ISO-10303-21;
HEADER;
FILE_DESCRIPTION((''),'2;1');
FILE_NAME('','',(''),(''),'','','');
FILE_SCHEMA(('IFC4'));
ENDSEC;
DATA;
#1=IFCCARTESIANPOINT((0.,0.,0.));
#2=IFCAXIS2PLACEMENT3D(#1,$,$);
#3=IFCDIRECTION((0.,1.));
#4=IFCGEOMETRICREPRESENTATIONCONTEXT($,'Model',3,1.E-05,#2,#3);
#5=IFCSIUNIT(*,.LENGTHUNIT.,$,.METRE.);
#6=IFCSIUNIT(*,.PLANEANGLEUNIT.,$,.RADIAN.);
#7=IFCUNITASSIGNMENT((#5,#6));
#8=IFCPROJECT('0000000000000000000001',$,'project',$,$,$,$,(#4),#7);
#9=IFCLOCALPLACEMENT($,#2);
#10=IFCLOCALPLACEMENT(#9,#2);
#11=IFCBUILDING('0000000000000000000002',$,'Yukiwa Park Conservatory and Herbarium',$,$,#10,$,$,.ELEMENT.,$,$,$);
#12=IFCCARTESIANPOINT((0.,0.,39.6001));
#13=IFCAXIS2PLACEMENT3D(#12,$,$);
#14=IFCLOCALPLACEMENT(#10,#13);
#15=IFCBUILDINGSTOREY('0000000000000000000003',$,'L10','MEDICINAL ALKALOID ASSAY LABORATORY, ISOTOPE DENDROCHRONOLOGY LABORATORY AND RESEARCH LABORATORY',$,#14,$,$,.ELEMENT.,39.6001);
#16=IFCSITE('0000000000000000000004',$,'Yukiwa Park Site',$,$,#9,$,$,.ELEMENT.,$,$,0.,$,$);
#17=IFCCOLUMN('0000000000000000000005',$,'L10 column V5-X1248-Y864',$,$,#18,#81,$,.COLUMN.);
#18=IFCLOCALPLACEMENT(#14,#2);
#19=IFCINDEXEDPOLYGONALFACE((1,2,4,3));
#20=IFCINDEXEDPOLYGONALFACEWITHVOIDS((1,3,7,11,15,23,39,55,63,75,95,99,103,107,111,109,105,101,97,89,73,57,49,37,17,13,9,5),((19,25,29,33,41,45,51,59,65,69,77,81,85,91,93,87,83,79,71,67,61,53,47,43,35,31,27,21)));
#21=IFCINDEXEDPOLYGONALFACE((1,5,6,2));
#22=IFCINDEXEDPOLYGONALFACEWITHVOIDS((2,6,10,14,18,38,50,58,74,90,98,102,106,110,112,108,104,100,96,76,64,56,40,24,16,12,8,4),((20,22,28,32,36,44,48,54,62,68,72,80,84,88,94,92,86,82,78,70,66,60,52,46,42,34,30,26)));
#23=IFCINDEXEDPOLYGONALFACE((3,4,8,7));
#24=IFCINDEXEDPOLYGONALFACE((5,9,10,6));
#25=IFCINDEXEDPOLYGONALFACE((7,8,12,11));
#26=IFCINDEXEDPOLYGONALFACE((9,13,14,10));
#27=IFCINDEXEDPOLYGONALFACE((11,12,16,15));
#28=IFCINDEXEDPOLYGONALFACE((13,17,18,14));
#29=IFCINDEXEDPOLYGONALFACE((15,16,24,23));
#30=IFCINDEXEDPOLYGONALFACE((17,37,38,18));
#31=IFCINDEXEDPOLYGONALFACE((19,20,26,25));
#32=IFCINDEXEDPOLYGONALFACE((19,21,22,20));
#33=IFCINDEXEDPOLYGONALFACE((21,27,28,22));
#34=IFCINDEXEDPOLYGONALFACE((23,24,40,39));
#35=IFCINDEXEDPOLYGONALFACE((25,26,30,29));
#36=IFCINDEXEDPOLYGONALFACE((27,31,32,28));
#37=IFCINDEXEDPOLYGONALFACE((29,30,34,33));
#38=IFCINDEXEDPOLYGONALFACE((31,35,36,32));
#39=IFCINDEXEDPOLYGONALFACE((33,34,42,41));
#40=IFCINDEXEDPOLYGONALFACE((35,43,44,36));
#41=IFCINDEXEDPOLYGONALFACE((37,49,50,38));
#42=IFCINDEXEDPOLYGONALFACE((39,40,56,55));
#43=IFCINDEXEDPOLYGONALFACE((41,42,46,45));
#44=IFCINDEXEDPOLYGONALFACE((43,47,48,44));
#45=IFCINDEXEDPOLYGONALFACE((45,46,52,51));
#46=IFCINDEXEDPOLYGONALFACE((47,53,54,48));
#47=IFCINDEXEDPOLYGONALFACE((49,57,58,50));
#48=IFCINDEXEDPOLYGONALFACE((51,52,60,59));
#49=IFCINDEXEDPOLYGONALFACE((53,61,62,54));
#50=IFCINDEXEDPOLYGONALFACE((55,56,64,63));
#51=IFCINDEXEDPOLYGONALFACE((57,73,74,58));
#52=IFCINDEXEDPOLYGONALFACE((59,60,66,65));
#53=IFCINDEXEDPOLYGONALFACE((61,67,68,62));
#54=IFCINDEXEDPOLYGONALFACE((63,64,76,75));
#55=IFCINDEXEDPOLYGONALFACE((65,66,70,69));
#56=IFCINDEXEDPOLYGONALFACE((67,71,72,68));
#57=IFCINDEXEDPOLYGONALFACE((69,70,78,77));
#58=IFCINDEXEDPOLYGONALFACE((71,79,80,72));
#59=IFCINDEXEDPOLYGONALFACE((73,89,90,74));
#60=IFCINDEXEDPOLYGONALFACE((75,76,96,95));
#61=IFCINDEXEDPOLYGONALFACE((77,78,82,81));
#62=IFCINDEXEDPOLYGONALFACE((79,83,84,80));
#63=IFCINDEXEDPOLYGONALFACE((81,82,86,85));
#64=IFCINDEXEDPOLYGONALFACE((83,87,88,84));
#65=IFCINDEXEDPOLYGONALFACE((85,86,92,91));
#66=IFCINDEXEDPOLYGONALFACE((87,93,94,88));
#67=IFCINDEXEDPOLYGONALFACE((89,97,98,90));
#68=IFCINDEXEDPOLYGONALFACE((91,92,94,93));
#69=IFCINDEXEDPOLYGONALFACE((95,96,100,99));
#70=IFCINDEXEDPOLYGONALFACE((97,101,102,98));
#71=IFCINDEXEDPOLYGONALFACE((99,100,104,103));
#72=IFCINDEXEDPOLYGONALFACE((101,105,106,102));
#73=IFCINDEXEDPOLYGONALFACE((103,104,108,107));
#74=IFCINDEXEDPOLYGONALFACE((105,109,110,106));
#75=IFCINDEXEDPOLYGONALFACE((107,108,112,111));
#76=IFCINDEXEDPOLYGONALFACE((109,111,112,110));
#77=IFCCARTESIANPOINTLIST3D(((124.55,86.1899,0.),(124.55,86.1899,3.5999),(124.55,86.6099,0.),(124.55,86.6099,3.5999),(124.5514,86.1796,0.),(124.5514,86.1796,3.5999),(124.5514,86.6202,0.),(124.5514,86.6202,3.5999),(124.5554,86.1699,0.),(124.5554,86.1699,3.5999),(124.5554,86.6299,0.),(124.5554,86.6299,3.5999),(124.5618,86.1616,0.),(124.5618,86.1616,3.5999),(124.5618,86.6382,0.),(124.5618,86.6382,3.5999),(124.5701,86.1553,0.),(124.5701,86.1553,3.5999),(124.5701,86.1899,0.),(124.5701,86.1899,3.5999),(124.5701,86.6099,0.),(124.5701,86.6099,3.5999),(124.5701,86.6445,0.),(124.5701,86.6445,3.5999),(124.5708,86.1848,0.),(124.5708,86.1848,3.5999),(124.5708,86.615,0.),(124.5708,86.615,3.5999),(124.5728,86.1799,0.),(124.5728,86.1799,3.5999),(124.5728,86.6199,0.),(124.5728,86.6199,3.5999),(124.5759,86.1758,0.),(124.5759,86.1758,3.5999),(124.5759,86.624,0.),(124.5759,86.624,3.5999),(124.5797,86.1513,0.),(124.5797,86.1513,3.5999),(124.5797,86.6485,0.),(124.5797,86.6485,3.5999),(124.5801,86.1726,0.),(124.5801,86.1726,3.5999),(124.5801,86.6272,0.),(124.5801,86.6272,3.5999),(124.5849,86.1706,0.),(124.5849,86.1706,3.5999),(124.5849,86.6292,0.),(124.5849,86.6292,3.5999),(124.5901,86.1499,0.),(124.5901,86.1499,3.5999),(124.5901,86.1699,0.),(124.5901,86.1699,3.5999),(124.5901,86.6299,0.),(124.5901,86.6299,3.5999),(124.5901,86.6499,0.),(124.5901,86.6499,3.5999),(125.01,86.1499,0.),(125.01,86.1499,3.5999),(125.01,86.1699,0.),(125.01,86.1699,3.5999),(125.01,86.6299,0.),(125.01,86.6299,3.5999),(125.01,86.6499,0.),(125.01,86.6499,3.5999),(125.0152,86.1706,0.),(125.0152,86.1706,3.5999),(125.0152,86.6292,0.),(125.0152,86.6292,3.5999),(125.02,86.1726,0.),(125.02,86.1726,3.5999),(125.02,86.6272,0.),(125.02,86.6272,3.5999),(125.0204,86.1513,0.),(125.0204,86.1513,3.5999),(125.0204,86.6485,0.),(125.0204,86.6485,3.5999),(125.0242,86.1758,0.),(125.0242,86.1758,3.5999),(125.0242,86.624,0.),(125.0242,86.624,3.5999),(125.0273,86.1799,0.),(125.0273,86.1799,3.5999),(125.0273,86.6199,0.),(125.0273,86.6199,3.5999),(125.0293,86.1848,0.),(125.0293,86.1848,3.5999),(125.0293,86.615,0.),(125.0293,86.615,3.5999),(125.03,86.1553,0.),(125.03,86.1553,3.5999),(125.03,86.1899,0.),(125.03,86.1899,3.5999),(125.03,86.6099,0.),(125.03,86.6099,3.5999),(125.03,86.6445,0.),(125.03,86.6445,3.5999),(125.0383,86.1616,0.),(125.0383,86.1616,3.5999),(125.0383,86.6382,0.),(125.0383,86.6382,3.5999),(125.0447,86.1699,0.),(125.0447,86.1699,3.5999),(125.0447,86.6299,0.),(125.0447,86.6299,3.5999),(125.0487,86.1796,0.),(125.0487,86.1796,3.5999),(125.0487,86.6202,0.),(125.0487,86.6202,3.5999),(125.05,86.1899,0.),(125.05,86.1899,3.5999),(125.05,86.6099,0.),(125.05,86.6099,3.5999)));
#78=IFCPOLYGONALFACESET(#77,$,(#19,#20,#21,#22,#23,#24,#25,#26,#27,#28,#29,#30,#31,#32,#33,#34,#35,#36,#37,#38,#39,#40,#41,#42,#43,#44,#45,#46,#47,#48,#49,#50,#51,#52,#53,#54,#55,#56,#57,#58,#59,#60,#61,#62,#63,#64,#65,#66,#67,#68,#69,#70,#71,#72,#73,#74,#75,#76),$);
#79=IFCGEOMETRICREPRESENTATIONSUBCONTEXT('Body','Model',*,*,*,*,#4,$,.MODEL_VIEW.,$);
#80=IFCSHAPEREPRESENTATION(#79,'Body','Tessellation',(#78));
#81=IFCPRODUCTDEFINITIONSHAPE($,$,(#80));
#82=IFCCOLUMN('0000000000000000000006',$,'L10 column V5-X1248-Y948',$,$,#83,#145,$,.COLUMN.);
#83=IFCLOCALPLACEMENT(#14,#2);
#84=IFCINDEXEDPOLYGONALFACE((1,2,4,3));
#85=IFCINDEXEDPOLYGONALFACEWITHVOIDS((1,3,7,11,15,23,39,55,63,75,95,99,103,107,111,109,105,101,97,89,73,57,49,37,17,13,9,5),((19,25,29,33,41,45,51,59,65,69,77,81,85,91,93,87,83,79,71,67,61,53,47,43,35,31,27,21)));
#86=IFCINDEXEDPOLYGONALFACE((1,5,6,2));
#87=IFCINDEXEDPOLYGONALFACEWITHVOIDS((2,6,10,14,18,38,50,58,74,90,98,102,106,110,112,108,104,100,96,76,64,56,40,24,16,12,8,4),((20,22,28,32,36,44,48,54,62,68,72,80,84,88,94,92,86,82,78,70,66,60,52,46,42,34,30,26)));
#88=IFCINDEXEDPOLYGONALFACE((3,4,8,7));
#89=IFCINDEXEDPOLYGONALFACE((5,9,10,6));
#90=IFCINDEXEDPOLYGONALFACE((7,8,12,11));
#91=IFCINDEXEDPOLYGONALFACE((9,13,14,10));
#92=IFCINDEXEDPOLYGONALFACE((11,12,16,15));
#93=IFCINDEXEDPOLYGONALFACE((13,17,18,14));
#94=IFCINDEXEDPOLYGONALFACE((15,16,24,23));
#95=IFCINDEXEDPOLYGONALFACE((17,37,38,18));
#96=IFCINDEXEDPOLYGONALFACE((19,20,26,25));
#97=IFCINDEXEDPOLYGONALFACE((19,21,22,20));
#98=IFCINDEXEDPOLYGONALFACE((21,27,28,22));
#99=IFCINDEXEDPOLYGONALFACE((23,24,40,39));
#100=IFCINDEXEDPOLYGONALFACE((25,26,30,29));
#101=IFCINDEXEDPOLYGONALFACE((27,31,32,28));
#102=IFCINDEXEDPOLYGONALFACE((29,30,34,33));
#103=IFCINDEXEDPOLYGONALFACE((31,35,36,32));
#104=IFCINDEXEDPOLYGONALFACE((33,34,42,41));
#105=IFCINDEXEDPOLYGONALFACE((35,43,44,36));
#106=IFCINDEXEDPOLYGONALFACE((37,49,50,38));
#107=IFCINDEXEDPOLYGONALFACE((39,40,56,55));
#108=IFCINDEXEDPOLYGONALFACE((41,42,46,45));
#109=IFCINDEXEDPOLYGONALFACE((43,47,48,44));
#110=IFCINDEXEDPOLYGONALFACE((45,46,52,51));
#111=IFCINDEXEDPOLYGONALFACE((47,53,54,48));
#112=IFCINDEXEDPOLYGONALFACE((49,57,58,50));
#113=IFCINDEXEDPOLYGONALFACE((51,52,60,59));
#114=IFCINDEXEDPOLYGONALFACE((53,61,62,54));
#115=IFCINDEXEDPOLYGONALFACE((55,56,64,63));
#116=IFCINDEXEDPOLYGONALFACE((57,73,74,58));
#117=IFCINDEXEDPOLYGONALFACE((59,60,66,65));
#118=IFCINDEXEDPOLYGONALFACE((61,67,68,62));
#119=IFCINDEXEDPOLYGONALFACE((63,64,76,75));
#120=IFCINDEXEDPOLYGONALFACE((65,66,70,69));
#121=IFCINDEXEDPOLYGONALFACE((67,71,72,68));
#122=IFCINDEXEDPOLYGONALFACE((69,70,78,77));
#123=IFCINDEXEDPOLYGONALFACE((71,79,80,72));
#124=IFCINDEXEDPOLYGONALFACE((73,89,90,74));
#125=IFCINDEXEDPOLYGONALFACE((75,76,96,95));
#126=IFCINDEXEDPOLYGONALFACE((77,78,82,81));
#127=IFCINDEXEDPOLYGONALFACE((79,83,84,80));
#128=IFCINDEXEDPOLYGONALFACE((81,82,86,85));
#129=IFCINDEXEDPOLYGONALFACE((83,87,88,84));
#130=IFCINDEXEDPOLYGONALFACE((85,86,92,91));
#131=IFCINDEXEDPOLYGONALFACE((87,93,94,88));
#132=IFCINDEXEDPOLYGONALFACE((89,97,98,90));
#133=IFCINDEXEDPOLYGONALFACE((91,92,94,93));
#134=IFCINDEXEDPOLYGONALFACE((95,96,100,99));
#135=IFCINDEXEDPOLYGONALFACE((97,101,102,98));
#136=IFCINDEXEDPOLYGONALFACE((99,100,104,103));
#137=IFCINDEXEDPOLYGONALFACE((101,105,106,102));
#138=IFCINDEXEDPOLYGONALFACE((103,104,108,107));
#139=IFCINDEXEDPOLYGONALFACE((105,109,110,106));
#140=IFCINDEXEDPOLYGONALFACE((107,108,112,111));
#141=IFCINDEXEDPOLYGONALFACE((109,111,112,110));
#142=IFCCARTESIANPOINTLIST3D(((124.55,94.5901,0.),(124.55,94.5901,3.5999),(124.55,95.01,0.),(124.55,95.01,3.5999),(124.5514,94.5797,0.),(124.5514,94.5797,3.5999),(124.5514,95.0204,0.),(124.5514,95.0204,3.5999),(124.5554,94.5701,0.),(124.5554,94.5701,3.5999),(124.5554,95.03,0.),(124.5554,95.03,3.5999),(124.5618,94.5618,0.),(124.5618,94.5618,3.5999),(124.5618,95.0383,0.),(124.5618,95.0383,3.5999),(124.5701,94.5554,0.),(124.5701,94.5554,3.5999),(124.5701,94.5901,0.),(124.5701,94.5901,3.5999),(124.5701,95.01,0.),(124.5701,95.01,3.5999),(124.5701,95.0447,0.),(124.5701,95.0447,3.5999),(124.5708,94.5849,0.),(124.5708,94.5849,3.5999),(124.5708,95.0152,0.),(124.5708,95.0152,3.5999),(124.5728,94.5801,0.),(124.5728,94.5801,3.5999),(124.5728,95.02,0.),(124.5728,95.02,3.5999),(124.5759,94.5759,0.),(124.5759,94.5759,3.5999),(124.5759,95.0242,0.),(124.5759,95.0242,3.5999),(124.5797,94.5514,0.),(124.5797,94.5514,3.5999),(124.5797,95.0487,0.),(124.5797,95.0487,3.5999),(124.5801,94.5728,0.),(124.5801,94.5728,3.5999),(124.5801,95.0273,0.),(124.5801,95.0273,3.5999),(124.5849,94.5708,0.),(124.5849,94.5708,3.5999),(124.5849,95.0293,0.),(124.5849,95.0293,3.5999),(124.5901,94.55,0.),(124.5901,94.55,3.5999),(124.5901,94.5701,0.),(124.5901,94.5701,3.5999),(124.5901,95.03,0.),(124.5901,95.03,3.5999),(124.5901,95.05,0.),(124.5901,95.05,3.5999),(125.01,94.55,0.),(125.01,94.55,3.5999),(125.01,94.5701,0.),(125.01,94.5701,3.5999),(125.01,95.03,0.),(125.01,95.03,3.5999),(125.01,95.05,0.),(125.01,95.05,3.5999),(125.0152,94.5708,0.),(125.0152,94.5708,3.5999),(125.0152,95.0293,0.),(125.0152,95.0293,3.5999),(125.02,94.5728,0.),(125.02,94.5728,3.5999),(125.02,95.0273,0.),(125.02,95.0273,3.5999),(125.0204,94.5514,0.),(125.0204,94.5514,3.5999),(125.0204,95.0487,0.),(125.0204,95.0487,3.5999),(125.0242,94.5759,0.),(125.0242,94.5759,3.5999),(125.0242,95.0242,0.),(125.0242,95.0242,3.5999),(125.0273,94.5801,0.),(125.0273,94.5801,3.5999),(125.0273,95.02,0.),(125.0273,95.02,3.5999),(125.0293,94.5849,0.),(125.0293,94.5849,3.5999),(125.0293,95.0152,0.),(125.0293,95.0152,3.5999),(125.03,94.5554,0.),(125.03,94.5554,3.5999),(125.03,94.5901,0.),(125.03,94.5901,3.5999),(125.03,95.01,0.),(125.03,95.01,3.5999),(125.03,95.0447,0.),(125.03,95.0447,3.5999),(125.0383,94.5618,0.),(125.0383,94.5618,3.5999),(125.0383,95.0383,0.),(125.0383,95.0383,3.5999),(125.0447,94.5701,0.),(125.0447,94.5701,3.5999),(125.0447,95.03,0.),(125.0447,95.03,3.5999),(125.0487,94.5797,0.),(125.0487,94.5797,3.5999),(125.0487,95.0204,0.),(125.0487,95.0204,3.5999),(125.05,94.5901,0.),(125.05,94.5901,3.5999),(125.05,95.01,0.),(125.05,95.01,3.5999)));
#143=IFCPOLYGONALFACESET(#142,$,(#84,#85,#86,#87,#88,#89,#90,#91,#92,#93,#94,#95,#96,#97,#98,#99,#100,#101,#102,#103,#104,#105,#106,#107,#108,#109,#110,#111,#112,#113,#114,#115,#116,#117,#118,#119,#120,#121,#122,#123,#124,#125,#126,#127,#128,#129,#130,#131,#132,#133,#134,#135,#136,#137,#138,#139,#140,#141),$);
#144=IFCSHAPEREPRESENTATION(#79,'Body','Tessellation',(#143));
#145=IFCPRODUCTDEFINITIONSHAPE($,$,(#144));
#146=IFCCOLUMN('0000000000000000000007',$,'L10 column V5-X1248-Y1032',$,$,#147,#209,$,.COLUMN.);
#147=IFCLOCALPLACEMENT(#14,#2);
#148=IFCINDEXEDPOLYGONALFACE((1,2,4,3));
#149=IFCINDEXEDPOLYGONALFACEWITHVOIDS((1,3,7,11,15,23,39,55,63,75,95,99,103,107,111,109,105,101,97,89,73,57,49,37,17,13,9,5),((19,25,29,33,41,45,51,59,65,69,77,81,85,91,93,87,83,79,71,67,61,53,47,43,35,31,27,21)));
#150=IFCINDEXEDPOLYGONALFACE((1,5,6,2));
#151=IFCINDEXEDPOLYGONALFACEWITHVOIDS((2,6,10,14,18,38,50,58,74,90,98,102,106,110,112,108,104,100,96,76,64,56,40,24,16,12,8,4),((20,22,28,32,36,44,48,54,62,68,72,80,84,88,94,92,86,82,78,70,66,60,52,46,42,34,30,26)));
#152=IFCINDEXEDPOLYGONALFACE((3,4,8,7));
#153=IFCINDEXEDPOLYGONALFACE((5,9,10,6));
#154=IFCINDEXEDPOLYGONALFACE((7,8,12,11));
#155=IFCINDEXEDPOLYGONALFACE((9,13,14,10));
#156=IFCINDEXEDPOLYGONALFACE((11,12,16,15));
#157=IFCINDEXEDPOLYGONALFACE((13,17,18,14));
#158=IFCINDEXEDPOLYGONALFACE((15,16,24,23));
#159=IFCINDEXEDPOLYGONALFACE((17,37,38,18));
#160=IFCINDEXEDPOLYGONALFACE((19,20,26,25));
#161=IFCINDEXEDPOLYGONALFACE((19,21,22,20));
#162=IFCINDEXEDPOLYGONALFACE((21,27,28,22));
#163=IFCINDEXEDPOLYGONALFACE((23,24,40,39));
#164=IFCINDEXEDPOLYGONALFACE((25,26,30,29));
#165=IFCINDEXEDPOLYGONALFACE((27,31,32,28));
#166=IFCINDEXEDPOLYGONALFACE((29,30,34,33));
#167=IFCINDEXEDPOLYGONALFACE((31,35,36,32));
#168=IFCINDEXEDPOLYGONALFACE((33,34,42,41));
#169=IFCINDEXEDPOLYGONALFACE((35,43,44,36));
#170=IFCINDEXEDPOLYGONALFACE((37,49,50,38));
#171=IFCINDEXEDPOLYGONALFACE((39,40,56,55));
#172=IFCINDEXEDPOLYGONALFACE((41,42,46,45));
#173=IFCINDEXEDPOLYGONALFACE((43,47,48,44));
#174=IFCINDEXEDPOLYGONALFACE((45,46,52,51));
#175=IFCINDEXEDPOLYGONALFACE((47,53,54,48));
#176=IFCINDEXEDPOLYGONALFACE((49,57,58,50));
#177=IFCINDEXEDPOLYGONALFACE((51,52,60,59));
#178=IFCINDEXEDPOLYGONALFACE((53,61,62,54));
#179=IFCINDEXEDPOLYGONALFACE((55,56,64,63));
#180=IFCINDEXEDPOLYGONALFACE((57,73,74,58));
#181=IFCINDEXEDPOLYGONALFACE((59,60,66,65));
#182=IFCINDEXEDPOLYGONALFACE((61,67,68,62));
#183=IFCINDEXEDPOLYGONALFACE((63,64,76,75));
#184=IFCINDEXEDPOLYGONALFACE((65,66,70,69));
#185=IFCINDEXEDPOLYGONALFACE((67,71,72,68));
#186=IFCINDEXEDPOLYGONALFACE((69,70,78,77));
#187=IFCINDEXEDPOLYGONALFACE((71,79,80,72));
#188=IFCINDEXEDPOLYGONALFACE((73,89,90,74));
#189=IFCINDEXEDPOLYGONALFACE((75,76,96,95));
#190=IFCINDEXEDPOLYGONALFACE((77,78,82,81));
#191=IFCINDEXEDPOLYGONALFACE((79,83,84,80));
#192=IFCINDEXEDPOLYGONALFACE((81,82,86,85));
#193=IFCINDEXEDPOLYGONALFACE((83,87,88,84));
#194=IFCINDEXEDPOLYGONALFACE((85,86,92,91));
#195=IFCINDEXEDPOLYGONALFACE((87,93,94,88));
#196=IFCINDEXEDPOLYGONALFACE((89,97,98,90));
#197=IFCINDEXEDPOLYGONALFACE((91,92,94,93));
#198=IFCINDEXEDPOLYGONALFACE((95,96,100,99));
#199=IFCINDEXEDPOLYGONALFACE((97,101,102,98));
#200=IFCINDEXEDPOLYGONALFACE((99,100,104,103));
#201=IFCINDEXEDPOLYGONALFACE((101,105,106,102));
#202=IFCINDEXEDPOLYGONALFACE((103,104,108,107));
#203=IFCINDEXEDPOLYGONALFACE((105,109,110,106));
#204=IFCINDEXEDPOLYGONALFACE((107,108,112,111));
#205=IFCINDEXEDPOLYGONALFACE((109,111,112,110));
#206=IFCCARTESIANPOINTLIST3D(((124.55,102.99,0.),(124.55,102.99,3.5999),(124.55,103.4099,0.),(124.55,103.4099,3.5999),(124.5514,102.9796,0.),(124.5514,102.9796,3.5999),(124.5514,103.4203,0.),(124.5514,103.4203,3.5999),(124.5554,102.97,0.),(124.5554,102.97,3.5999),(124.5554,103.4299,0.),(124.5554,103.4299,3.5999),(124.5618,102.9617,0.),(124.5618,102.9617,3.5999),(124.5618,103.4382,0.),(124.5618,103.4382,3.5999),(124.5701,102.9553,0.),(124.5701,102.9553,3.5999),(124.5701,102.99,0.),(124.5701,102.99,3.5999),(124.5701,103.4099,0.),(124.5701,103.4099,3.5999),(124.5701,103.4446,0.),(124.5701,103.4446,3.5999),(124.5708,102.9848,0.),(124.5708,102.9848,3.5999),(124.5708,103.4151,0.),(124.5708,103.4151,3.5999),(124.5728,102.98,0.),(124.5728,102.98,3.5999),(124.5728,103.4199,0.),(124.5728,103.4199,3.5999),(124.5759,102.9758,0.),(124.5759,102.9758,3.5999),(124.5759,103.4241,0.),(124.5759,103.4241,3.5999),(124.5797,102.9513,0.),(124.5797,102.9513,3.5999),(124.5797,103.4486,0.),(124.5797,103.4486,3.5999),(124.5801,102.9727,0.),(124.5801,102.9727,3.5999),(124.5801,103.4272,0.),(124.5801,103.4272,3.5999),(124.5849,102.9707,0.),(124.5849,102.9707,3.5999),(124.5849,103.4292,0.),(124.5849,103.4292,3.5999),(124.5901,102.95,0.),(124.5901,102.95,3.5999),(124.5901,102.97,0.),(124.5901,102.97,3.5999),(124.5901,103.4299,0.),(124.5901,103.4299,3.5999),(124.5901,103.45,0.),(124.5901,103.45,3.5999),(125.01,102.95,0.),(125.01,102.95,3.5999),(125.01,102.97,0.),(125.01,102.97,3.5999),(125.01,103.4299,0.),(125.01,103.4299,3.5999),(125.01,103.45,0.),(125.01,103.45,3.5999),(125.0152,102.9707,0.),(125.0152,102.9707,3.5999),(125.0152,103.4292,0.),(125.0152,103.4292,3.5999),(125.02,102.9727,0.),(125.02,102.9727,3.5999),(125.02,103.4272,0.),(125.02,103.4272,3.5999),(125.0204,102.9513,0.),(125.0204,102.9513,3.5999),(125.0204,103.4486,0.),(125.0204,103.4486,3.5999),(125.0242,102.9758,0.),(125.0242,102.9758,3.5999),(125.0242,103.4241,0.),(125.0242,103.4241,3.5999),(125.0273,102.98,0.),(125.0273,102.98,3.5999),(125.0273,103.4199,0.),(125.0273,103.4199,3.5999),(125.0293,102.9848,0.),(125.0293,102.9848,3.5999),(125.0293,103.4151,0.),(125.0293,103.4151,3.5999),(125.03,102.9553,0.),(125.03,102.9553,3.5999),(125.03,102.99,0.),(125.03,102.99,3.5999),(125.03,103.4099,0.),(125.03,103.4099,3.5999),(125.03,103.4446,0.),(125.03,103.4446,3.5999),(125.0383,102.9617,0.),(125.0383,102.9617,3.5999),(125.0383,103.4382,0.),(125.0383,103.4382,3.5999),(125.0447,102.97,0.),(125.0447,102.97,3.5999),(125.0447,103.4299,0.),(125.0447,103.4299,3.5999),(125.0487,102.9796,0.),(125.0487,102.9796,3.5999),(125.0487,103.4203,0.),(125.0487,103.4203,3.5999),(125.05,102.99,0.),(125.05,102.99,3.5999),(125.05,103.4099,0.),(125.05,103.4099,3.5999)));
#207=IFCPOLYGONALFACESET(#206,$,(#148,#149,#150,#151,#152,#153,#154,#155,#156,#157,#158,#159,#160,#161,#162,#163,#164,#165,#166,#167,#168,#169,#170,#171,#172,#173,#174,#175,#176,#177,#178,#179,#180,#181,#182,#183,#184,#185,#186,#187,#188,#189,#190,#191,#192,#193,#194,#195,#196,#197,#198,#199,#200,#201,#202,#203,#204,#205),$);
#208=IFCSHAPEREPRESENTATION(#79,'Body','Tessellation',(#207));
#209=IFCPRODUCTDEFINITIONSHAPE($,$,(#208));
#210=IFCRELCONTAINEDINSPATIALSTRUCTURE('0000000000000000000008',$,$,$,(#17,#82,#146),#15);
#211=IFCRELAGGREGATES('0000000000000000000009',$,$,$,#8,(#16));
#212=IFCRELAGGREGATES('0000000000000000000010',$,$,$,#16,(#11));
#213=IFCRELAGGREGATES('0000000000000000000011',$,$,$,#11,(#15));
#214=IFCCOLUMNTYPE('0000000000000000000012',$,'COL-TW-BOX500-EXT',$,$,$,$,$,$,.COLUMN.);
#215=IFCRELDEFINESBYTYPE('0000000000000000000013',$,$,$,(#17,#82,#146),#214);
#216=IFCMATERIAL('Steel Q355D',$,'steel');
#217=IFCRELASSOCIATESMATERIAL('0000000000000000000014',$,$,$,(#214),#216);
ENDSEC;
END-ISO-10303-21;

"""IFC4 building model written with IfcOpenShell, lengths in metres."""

from ifc_helpers import new_model, si_unit, direction, frame, origin, origin_2d, place, context, subcontext, project, spatial, hollow_rectangle, extrude, material, material_profile, profile_set, type_object, element, save


model = new_model("IFC4")

# Units and contexts
model_context = context("Model", 3, precision=1e-05, world=origin(), true_north=direction((0.0, 1.0)))
body_context = subcontext(model_context, "Body", "Model", "MODEL_VIEW")
ifc_project = project(units=[si_unit("LENGTHUNIT", "METRE"), si_unit("PLANEANGLEUNIT", "RADIAN")], contexts=[model_context])

# Site, building, storey
site_placement = place(None, origin())
site = spatial("IfcSite", under=ifc_project, at=site_placement, Name="Yukiwa Park Site", CompositionType="ELEMENT", RefElevation=0.0)
building_placement = place(site_placement, origin())
building = spatial("IfcBuilding", under=site, at=building_placement, Name="Yukiwa Park Conservatory and Herbarium", CompositionType="ELEMENT")
storey_placement = place(building_placement, frame((0.0, 0.0, 39.6001)))
storey = spatial("IfcBuildingStorey", under=building, at=storey_placement, Name="L10", Description="MEDICINAL ALKALOID ASSAY LABORATORY, ISOTOPE DENDROCHRONOLOGY LABORATORY AND RESEARCH LABORATORY", CompositionType="ELEMENT", Elevation=39.6001)

# Columns
ifc_material_1 = material(Name="Steel Q355D", Category="steel")
ifc_material_profile_1 = material_profile(ifc_material_1, hollow_rectangle(XDim=0.5, YDim=0.5, WallThickness=0.02, InnerFilletRadius=0.02, OuterFilletRadius=0.04, at=origin_2d()), Name="BOX 500x500x20")
ifc_profile_set_1 = profile_set([ifc_material_profile_1], Name="Steel Q355D")
column_type = type_object("IfcColumnType", Name="COL-TW-BOX500-EXT", PredefinedType="COLUMN", material=ifc_profile_set_1)
for number, where, z_axis, x_axis, name in (
    (1, (124.8, 86.3999, 0.0), (0.0, 0.0, 1.0), (1.0, 0.0, 0.0), "L10 column V5-X1248-Y864"),
    (2, (124.8, 94.8, 0.0), (0.0, 0.0, 1.0), (1.0, 0.0, 0.0), "L10 column V5-X1248-Y948"),
    (3, (124.8, 103.2, 0.0), (0.0, 0.0, 1.0), (1.0, 0.0, 0.0), "L10 column V5-X1248-Y1032"),
):
    element("IfcColumn", number, at=place(storey_placement, frame(where, z_axis=z_axis, x_axis=x_axis)), inside=storey, type_object=column_type, Name=name, PredefinedType="COLUMN", context=body_context, shape_type="SweptSolid", body=[
        extrude(hollow_rectangle(XDim=0.5, YDim=0.5, WallThickness=0.02, InnerFilletRadius=0.02, OuterFilletRadius=0.04, at=origin_2d()), origin(), (0.0, 0.0, 1.0), 3.5999),
    ])

save(model, "model.ifc")
